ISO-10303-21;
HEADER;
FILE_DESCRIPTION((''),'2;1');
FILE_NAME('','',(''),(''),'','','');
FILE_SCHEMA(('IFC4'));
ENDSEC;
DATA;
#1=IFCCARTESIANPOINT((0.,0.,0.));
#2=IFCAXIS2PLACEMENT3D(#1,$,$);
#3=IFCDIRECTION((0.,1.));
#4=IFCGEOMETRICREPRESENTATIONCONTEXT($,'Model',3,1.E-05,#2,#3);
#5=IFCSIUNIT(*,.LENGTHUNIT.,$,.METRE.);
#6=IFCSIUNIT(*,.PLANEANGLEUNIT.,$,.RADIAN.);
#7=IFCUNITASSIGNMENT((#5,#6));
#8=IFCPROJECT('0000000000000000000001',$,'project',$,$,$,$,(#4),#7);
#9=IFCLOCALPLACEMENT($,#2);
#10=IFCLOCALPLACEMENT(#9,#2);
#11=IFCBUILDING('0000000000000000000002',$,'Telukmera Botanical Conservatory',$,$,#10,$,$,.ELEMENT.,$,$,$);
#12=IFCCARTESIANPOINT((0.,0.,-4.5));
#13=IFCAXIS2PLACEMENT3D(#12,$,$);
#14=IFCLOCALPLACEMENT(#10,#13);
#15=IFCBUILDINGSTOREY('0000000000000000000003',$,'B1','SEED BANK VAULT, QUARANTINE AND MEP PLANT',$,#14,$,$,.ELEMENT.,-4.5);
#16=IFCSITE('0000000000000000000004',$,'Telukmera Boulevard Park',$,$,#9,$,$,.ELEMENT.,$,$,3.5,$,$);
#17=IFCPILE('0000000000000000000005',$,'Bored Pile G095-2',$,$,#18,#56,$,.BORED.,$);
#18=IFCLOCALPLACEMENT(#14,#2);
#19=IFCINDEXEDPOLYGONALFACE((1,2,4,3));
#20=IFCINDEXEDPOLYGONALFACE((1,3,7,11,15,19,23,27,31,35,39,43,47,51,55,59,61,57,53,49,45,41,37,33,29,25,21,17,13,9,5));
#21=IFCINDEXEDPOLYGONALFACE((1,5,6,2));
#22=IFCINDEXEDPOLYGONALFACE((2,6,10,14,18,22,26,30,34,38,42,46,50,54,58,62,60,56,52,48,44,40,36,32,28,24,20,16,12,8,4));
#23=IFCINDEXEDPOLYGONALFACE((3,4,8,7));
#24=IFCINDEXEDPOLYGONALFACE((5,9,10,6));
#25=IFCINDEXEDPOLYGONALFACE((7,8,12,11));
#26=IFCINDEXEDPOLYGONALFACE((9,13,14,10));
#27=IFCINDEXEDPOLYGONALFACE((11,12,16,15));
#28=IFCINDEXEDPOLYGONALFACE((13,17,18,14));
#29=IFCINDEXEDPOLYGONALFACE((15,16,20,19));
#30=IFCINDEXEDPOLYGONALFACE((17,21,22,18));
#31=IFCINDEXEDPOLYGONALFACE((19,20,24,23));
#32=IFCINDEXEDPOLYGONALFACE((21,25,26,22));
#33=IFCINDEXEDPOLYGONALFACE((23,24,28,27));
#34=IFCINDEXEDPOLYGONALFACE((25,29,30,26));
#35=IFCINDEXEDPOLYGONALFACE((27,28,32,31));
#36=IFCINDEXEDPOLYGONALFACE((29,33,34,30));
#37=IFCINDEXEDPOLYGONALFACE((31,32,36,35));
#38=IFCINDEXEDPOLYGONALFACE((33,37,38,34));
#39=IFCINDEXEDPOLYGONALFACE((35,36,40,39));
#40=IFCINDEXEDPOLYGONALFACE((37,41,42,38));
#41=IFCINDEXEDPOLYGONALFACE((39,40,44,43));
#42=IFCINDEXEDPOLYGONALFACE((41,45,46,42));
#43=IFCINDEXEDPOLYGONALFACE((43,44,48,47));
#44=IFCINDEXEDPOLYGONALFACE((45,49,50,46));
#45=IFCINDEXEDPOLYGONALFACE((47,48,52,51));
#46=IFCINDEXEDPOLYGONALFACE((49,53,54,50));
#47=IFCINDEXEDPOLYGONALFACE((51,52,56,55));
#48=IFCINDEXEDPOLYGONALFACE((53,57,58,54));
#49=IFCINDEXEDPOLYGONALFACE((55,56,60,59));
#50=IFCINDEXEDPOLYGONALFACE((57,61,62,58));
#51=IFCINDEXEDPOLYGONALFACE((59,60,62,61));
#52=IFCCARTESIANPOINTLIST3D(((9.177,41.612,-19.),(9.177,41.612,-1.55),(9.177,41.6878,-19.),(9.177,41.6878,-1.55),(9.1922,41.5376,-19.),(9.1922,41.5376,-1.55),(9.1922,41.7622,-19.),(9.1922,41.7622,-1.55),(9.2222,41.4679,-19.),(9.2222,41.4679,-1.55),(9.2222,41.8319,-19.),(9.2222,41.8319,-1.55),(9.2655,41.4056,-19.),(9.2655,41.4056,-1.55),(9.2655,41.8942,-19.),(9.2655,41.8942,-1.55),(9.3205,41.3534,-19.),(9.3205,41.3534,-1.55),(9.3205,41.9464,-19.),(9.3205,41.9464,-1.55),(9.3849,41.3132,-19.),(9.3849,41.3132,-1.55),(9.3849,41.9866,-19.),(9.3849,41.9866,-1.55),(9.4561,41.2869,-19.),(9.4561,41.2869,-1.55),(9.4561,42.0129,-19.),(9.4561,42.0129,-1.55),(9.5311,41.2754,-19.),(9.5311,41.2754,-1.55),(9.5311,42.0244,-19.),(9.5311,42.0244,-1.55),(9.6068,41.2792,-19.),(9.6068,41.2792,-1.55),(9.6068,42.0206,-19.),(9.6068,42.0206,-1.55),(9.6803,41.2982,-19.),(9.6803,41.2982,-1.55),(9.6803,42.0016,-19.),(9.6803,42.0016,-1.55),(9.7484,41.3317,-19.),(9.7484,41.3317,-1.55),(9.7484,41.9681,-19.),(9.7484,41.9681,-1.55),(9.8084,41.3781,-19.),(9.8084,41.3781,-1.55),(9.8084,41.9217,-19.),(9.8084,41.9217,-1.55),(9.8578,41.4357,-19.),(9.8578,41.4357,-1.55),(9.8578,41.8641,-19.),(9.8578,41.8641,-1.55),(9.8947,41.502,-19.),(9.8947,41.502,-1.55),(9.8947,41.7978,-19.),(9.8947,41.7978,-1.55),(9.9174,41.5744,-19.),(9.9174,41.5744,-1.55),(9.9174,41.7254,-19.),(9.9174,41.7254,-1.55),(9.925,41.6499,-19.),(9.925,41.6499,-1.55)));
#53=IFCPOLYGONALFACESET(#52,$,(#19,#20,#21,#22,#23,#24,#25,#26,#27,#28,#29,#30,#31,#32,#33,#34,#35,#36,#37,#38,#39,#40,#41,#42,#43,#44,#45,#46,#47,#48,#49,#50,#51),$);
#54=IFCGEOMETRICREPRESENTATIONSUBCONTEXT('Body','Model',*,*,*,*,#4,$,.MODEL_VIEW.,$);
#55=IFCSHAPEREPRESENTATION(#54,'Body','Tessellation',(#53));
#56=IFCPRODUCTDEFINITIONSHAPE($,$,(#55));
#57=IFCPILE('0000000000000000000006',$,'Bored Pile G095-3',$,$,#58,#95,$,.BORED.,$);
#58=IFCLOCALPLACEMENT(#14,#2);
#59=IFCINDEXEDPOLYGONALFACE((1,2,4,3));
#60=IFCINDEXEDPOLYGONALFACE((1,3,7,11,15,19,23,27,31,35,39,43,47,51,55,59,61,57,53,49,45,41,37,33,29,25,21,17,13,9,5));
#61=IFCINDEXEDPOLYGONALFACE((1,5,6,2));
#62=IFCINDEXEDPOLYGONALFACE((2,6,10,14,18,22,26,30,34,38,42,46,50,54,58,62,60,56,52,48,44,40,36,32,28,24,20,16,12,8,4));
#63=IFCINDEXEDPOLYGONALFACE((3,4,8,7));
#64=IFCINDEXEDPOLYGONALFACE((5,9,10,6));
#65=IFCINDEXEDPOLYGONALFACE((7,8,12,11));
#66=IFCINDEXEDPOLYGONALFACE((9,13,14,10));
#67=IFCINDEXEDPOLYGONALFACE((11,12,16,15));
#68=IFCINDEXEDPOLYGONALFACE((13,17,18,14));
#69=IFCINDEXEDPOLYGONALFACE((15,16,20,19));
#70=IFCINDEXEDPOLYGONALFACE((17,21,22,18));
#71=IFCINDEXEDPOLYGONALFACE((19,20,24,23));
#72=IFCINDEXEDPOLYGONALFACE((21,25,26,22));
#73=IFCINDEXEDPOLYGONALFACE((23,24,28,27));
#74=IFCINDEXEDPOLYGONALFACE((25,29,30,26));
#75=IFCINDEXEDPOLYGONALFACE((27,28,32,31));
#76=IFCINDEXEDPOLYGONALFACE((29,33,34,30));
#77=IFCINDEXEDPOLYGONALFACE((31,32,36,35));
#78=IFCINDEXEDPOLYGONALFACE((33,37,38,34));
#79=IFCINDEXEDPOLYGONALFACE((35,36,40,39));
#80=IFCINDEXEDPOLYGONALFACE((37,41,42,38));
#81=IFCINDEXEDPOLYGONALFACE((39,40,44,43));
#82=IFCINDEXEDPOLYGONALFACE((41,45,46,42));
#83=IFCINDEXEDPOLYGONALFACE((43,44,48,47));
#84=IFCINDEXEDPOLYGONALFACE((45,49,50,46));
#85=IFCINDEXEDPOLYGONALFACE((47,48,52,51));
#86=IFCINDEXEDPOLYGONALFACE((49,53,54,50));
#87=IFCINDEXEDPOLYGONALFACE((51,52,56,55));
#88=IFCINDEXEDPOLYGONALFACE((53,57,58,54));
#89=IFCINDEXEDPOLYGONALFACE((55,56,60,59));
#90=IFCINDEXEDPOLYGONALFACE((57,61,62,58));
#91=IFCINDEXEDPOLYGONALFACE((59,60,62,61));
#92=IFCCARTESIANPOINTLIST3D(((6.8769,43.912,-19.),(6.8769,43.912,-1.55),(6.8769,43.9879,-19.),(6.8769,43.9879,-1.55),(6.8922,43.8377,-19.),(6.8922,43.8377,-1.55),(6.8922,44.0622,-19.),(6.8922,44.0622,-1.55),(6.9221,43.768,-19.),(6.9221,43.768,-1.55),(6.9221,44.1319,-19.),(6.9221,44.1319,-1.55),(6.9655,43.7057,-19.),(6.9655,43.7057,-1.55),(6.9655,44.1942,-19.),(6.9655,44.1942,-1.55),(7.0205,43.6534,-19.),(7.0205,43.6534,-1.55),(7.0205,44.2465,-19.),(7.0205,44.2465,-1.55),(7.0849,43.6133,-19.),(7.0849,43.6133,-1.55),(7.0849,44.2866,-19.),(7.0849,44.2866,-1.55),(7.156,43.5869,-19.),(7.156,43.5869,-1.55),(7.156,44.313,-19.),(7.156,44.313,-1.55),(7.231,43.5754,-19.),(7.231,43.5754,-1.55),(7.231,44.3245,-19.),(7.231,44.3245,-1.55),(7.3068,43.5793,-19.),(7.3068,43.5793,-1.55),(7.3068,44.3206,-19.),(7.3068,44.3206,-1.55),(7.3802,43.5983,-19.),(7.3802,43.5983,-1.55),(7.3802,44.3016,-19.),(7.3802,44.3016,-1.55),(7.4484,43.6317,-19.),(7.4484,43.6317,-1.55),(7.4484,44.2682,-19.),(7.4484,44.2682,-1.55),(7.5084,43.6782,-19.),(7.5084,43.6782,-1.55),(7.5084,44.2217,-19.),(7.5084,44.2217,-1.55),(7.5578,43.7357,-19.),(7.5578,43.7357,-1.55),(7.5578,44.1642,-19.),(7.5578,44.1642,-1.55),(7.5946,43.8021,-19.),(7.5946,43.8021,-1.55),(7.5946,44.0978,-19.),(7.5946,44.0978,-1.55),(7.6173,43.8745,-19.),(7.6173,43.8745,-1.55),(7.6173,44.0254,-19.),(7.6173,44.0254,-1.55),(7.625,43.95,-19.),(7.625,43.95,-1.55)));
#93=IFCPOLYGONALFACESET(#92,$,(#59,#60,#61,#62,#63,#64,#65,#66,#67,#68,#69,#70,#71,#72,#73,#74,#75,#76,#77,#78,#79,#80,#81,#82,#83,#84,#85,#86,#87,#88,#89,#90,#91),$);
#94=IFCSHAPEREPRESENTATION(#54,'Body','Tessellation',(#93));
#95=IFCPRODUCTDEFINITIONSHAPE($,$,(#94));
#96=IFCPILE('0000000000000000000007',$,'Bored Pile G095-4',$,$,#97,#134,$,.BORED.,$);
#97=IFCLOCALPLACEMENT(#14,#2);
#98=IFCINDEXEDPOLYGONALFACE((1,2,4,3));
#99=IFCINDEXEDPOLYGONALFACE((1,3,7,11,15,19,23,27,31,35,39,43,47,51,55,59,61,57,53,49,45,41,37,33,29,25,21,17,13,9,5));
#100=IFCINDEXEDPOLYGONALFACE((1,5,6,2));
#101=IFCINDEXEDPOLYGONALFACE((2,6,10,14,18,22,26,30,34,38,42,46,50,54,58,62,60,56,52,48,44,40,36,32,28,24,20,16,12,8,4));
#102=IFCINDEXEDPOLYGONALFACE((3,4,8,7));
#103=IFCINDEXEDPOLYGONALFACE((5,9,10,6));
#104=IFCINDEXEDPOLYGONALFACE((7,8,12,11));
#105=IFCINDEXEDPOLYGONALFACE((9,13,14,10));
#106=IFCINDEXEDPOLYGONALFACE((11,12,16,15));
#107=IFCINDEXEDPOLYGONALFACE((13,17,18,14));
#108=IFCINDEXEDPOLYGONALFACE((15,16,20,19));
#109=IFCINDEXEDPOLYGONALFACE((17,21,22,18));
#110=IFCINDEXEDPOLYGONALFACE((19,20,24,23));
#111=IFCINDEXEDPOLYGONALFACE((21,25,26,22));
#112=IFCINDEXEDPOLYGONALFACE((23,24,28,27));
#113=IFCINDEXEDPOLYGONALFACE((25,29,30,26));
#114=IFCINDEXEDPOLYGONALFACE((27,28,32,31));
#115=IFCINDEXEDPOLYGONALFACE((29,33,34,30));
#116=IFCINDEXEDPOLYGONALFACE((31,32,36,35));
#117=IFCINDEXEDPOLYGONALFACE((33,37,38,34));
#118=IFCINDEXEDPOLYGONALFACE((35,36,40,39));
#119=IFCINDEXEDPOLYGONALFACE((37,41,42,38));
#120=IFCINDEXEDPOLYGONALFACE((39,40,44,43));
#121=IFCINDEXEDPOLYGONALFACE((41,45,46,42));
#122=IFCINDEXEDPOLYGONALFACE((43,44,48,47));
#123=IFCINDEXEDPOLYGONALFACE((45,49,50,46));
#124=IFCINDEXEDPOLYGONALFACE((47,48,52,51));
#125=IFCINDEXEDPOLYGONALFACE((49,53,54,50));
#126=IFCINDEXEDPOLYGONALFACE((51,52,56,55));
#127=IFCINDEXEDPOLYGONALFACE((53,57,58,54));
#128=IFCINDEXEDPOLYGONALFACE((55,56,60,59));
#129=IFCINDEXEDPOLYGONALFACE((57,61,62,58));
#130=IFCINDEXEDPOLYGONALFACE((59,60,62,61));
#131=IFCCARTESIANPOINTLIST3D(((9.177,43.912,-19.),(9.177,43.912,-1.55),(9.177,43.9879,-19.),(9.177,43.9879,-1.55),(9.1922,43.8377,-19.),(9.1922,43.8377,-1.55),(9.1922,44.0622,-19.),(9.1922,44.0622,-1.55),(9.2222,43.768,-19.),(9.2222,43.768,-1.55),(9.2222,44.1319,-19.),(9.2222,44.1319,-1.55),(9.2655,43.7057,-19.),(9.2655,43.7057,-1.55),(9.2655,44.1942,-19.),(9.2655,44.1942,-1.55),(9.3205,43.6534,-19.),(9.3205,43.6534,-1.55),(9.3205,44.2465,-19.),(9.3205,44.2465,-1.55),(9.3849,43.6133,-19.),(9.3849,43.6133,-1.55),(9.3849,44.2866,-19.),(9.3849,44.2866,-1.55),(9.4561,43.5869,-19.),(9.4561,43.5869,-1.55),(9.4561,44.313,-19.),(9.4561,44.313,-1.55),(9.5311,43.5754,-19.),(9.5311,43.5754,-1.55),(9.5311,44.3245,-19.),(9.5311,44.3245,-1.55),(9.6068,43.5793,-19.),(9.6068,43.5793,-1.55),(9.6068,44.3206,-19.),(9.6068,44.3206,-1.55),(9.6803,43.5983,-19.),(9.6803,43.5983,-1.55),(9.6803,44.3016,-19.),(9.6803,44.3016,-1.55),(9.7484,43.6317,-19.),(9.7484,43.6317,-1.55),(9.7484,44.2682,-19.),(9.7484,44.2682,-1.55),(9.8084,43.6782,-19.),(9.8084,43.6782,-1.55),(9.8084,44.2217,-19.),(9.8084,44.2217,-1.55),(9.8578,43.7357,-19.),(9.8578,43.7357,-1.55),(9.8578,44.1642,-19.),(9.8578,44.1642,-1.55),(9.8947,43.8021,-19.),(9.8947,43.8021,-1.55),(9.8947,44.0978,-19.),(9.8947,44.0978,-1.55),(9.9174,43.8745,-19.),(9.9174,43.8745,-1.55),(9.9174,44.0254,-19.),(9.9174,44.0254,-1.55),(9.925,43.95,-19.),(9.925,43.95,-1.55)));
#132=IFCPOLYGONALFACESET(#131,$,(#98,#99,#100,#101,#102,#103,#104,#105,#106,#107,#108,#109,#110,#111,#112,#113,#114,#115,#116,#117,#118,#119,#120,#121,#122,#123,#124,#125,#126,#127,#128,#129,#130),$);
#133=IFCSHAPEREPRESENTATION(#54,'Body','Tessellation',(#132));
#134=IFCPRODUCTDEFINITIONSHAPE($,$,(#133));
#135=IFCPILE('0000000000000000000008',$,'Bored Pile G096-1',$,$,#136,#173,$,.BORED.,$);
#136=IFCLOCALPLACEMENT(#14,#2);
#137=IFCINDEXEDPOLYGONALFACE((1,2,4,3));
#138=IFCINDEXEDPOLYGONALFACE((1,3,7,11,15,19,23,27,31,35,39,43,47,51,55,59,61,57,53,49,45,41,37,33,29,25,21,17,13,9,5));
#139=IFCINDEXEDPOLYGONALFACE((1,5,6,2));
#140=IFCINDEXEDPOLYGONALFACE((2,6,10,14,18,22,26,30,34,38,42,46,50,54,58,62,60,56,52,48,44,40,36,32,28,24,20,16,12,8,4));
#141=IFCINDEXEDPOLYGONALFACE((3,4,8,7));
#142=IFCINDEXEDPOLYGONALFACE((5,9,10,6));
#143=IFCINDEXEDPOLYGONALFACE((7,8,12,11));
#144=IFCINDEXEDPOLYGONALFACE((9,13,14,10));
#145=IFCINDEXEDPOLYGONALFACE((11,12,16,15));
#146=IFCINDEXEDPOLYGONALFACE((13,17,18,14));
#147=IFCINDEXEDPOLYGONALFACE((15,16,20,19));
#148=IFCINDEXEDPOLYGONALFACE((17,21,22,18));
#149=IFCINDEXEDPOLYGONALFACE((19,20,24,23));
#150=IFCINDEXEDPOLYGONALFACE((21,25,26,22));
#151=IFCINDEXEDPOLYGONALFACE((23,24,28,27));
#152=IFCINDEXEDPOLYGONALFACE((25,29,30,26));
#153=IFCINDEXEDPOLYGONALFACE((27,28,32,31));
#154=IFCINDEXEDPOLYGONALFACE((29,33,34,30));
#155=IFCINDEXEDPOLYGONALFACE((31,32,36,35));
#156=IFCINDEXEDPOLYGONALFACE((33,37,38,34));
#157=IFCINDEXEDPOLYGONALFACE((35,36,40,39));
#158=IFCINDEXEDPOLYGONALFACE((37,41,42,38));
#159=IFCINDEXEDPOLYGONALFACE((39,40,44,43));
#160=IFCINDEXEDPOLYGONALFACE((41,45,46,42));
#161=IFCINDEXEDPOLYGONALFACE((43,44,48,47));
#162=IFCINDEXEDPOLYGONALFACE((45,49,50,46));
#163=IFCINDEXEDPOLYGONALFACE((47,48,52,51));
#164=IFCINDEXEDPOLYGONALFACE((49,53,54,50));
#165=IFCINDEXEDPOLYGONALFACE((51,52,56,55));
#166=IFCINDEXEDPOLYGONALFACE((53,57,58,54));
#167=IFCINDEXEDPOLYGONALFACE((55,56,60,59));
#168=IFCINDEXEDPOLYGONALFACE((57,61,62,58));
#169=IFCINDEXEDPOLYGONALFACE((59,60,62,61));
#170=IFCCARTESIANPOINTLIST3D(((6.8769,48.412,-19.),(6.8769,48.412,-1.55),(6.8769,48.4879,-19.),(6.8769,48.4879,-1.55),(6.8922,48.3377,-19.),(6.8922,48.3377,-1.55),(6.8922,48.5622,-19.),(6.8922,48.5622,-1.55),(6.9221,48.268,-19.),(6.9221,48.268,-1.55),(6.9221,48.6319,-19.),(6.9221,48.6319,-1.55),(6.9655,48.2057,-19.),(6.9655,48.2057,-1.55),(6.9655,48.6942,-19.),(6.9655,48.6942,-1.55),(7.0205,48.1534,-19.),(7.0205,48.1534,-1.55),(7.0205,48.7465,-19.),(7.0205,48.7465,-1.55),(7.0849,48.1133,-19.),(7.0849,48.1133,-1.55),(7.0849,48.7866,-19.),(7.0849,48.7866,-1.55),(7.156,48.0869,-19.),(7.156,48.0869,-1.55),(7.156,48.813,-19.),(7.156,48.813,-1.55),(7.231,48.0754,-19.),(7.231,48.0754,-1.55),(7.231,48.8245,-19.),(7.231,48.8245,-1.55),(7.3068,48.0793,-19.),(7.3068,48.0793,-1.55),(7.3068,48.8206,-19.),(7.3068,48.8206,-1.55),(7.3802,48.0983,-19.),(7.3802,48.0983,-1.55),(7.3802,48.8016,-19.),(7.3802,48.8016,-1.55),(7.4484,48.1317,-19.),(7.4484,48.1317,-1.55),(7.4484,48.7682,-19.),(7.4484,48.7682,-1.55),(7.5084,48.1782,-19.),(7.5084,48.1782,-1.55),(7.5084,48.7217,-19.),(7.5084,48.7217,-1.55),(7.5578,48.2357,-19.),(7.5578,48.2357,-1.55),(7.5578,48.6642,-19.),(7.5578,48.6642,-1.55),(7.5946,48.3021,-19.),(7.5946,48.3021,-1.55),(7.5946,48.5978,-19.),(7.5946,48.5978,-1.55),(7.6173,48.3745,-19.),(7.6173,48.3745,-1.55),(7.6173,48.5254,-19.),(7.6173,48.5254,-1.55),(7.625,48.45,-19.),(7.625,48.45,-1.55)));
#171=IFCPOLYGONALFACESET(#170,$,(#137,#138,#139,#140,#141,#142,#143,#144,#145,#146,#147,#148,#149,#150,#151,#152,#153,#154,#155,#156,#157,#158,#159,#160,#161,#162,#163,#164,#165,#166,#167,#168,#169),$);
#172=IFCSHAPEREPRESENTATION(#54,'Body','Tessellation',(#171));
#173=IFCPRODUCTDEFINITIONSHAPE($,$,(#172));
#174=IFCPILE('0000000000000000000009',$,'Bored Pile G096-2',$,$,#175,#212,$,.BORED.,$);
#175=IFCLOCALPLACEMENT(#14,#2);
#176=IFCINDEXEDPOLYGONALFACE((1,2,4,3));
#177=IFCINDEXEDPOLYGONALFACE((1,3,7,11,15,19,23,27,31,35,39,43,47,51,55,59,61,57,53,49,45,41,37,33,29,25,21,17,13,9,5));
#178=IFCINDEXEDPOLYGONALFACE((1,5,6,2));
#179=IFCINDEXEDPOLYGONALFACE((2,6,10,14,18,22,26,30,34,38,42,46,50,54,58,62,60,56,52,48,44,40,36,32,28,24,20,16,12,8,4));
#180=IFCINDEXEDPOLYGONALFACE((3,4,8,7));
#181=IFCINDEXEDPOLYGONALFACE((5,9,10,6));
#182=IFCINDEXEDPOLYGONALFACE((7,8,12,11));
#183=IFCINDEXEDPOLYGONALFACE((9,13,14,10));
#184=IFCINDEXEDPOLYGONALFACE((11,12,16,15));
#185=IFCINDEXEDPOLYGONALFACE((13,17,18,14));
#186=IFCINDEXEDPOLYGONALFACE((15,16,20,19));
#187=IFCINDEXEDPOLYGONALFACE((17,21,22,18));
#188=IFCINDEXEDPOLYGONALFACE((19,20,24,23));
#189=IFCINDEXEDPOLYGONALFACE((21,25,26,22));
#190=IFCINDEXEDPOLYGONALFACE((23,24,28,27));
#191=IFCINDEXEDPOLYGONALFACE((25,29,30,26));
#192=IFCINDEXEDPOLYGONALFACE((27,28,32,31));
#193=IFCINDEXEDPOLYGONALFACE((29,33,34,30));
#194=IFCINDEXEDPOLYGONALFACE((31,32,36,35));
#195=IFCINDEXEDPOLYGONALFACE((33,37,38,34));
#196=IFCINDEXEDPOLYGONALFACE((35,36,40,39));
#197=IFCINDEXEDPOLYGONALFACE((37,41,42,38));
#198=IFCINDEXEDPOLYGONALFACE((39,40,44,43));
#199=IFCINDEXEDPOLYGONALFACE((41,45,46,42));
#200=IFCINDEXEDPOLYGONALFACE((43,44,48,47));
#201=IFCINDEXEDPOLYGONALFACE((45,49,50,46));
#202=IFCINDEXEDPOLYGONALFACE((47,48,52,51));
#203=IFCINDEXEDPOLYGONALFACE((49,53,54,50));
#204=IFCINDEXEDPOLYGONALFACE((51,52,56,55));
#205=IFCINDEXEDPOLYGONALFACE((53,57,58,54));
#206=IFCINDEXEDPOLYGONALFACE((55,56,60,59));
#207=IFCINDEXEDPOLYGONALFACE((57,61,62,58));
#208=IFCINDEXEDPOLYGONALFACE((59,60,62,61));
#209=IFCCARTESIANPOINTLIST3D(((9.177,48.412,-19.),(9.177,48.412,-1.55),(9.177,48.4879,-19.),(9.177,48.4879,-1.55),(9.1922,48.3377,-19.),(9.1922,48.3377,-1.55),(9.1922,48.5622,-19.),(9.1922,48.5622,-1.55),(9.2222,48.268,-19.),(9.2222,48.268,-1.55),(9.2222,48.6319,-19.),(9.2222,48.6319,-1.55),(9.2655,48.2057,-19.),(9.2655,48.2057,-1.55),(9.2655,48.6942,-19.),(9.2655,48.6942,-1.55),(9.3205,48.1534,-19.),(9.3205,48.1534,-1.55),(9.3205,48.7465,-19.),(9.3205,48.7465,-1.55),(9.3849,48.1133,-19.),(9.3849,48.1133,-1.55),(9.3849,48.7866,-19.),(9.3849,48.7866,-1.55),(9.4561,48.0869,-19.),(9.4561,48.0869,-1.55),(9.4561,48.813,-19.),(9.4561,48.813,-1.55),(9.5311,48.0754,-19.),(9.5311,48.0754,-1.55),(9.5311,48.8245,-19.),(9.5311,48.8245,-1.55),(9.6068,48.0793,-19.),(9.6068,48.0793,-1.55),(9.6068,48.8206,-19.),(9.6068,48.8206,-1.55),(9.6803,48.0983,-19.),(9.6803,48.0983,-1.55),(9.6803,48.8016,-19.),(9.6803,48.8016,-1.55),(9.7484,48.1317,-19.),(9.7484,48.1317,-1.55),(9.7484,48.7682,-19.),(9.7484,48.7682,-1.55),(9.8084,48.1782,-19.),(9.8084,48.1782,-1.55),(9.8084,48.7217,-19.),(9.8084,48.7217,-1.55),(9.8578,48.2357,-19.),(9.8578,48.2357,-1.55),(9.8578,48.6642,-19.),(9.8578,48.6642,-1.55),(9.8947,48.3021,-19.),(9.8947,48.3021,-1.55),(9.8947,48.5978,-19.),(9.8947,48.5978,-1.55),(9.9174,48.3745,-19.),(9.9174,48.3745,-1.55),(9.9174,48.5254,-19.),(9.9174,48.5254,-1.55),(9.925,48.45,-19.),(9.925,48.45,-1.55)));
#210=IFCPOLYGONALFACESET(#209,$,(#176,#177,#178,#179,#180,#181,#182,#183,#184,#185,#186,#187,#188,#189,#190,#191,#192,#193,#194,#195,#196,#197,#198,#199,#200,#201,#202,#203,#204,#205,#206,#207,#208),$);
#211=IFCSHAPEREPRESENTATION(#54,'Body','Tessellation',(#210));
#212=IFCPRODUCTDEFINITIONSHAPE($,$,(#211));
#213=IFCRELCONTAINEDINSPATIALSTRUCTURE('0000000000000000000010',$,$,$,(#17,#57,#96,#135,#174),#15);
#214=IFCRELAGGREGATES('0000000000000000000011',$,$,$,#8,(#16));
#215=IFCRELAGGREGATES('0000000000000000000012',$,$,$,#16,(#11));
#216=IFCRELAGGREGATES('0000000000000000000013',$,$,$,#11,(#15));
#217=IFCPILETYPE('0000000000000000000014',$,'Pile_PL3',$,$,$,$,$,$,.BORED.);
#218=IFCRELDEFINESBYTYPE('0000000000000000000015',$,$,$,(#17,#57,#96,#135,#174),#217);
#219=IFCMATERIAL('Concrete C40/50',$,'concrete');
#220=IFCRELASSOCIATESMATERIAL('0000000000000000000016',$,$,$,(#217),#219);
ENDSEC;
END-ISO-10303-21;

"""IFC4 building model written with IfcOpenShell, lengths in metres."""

from ifc_helpers import new_model, si_unit, direction, frame, origin, origin_2d, place, context, subcontext, project, spatial, circle, extrude, material, material_profile, profile_set, type_object, element, save


model = new_model("IFC4")

# Units and contexts
model_context = context("Model", 3, precision=1e-05, world=origin(), true_north=direction((0.0, 1.0)))
body_context = subcontext(model_context, "Body", "Model", "MODEL_VIEW")
ifc_project = project(units=[si_unit("LENGTHUNIT", "METRE"), si_unit("PLANEANGLEUNIT", "RADIAN")], contexts=[model_context])

# Site, building, storey
site_placement = place(None, origin())
site = spatial("IfcSite", under=ifc_project, at=site_placement, Name="Telukmera Boulevard Park", CompositionType="ELEMENT", RefElevation=3.5)
building_placement = place(site_placement, origin())
building = spatial("IfcBuilding", under=site, at=building_placement, Name="Telukmera Botanical Conservatory", CompositionType="ELEMENT")
storey_placement = place(building_placement, frame((0.0, 0.0, -4.5)))
storey = spatial("IfcBuildingStorey", under=building, at=storey_placement, Name="B1", Description="SEED BANK VAULT, QUARANTINE AND MEP PLANT", CompositionType="ELEMENT", Elevation=-4.5)

# Shared definitions
ifc_material_1 = material(Name="Concrete C40/50", Category="concrete")

# Piles
ifc_material_profile_1 = material_profile(ifc_material_1, circle(Radius=0.375, at=origin_2d()), Name="PILE D750")
ifc_profile_set_1 = profile_set([ifc_material_profile_1], Name="Concrete C40/50")
pile_type = type_object("IfcPileType", Name="Pile_PL3", PredefinedType="BORED", material=ifc_profile_set_1)
for number, where, z_axis, x_axis, name in (
    (1, (9.55, 41.6499, -1.55), (0.0, 0.0, -1.0), (1.0, 0.0, 0.0), "Bored Pile G095-2"),
    (2, (7.25, 43.95, -1.55), (0.0, 0.0, -1.0), (1.0, 0.0, 0.0), "Bored Pile G095-3"),
    (3, (9.55, 43.95, -1.55), (0.0, 0.0, -1.0), (1.0, 0.0, 0.0), "Bored Pile G095-4"),
    (4, (7.25, 48.45, -1.55), (0.0, 0.0, -1.0), (1.0, 0.0, 0.0), "Bored Pile G096-1"),
    (5, (9.55, 48.45, -1.55), (0.0, 0.0, -1.0), (1.0, 0.0, 0.0), "Bored Pile G096-2"),
):
    element("IfcPile", number, at=place(storey_placement, frame(where, z_axis=z_axis, x_axis=x_axis)), inside=storey, type_object=pile_type, Name=name, PredefinedType="BORED", context=body_context, shape_type="SweptSolid", body=[
        extrude(circle(Radius=0.375, at=origin_2d()), origin(), (0.0, 0.0, 1.0), 17.45),
    ])

save(model, "model.ifc")
